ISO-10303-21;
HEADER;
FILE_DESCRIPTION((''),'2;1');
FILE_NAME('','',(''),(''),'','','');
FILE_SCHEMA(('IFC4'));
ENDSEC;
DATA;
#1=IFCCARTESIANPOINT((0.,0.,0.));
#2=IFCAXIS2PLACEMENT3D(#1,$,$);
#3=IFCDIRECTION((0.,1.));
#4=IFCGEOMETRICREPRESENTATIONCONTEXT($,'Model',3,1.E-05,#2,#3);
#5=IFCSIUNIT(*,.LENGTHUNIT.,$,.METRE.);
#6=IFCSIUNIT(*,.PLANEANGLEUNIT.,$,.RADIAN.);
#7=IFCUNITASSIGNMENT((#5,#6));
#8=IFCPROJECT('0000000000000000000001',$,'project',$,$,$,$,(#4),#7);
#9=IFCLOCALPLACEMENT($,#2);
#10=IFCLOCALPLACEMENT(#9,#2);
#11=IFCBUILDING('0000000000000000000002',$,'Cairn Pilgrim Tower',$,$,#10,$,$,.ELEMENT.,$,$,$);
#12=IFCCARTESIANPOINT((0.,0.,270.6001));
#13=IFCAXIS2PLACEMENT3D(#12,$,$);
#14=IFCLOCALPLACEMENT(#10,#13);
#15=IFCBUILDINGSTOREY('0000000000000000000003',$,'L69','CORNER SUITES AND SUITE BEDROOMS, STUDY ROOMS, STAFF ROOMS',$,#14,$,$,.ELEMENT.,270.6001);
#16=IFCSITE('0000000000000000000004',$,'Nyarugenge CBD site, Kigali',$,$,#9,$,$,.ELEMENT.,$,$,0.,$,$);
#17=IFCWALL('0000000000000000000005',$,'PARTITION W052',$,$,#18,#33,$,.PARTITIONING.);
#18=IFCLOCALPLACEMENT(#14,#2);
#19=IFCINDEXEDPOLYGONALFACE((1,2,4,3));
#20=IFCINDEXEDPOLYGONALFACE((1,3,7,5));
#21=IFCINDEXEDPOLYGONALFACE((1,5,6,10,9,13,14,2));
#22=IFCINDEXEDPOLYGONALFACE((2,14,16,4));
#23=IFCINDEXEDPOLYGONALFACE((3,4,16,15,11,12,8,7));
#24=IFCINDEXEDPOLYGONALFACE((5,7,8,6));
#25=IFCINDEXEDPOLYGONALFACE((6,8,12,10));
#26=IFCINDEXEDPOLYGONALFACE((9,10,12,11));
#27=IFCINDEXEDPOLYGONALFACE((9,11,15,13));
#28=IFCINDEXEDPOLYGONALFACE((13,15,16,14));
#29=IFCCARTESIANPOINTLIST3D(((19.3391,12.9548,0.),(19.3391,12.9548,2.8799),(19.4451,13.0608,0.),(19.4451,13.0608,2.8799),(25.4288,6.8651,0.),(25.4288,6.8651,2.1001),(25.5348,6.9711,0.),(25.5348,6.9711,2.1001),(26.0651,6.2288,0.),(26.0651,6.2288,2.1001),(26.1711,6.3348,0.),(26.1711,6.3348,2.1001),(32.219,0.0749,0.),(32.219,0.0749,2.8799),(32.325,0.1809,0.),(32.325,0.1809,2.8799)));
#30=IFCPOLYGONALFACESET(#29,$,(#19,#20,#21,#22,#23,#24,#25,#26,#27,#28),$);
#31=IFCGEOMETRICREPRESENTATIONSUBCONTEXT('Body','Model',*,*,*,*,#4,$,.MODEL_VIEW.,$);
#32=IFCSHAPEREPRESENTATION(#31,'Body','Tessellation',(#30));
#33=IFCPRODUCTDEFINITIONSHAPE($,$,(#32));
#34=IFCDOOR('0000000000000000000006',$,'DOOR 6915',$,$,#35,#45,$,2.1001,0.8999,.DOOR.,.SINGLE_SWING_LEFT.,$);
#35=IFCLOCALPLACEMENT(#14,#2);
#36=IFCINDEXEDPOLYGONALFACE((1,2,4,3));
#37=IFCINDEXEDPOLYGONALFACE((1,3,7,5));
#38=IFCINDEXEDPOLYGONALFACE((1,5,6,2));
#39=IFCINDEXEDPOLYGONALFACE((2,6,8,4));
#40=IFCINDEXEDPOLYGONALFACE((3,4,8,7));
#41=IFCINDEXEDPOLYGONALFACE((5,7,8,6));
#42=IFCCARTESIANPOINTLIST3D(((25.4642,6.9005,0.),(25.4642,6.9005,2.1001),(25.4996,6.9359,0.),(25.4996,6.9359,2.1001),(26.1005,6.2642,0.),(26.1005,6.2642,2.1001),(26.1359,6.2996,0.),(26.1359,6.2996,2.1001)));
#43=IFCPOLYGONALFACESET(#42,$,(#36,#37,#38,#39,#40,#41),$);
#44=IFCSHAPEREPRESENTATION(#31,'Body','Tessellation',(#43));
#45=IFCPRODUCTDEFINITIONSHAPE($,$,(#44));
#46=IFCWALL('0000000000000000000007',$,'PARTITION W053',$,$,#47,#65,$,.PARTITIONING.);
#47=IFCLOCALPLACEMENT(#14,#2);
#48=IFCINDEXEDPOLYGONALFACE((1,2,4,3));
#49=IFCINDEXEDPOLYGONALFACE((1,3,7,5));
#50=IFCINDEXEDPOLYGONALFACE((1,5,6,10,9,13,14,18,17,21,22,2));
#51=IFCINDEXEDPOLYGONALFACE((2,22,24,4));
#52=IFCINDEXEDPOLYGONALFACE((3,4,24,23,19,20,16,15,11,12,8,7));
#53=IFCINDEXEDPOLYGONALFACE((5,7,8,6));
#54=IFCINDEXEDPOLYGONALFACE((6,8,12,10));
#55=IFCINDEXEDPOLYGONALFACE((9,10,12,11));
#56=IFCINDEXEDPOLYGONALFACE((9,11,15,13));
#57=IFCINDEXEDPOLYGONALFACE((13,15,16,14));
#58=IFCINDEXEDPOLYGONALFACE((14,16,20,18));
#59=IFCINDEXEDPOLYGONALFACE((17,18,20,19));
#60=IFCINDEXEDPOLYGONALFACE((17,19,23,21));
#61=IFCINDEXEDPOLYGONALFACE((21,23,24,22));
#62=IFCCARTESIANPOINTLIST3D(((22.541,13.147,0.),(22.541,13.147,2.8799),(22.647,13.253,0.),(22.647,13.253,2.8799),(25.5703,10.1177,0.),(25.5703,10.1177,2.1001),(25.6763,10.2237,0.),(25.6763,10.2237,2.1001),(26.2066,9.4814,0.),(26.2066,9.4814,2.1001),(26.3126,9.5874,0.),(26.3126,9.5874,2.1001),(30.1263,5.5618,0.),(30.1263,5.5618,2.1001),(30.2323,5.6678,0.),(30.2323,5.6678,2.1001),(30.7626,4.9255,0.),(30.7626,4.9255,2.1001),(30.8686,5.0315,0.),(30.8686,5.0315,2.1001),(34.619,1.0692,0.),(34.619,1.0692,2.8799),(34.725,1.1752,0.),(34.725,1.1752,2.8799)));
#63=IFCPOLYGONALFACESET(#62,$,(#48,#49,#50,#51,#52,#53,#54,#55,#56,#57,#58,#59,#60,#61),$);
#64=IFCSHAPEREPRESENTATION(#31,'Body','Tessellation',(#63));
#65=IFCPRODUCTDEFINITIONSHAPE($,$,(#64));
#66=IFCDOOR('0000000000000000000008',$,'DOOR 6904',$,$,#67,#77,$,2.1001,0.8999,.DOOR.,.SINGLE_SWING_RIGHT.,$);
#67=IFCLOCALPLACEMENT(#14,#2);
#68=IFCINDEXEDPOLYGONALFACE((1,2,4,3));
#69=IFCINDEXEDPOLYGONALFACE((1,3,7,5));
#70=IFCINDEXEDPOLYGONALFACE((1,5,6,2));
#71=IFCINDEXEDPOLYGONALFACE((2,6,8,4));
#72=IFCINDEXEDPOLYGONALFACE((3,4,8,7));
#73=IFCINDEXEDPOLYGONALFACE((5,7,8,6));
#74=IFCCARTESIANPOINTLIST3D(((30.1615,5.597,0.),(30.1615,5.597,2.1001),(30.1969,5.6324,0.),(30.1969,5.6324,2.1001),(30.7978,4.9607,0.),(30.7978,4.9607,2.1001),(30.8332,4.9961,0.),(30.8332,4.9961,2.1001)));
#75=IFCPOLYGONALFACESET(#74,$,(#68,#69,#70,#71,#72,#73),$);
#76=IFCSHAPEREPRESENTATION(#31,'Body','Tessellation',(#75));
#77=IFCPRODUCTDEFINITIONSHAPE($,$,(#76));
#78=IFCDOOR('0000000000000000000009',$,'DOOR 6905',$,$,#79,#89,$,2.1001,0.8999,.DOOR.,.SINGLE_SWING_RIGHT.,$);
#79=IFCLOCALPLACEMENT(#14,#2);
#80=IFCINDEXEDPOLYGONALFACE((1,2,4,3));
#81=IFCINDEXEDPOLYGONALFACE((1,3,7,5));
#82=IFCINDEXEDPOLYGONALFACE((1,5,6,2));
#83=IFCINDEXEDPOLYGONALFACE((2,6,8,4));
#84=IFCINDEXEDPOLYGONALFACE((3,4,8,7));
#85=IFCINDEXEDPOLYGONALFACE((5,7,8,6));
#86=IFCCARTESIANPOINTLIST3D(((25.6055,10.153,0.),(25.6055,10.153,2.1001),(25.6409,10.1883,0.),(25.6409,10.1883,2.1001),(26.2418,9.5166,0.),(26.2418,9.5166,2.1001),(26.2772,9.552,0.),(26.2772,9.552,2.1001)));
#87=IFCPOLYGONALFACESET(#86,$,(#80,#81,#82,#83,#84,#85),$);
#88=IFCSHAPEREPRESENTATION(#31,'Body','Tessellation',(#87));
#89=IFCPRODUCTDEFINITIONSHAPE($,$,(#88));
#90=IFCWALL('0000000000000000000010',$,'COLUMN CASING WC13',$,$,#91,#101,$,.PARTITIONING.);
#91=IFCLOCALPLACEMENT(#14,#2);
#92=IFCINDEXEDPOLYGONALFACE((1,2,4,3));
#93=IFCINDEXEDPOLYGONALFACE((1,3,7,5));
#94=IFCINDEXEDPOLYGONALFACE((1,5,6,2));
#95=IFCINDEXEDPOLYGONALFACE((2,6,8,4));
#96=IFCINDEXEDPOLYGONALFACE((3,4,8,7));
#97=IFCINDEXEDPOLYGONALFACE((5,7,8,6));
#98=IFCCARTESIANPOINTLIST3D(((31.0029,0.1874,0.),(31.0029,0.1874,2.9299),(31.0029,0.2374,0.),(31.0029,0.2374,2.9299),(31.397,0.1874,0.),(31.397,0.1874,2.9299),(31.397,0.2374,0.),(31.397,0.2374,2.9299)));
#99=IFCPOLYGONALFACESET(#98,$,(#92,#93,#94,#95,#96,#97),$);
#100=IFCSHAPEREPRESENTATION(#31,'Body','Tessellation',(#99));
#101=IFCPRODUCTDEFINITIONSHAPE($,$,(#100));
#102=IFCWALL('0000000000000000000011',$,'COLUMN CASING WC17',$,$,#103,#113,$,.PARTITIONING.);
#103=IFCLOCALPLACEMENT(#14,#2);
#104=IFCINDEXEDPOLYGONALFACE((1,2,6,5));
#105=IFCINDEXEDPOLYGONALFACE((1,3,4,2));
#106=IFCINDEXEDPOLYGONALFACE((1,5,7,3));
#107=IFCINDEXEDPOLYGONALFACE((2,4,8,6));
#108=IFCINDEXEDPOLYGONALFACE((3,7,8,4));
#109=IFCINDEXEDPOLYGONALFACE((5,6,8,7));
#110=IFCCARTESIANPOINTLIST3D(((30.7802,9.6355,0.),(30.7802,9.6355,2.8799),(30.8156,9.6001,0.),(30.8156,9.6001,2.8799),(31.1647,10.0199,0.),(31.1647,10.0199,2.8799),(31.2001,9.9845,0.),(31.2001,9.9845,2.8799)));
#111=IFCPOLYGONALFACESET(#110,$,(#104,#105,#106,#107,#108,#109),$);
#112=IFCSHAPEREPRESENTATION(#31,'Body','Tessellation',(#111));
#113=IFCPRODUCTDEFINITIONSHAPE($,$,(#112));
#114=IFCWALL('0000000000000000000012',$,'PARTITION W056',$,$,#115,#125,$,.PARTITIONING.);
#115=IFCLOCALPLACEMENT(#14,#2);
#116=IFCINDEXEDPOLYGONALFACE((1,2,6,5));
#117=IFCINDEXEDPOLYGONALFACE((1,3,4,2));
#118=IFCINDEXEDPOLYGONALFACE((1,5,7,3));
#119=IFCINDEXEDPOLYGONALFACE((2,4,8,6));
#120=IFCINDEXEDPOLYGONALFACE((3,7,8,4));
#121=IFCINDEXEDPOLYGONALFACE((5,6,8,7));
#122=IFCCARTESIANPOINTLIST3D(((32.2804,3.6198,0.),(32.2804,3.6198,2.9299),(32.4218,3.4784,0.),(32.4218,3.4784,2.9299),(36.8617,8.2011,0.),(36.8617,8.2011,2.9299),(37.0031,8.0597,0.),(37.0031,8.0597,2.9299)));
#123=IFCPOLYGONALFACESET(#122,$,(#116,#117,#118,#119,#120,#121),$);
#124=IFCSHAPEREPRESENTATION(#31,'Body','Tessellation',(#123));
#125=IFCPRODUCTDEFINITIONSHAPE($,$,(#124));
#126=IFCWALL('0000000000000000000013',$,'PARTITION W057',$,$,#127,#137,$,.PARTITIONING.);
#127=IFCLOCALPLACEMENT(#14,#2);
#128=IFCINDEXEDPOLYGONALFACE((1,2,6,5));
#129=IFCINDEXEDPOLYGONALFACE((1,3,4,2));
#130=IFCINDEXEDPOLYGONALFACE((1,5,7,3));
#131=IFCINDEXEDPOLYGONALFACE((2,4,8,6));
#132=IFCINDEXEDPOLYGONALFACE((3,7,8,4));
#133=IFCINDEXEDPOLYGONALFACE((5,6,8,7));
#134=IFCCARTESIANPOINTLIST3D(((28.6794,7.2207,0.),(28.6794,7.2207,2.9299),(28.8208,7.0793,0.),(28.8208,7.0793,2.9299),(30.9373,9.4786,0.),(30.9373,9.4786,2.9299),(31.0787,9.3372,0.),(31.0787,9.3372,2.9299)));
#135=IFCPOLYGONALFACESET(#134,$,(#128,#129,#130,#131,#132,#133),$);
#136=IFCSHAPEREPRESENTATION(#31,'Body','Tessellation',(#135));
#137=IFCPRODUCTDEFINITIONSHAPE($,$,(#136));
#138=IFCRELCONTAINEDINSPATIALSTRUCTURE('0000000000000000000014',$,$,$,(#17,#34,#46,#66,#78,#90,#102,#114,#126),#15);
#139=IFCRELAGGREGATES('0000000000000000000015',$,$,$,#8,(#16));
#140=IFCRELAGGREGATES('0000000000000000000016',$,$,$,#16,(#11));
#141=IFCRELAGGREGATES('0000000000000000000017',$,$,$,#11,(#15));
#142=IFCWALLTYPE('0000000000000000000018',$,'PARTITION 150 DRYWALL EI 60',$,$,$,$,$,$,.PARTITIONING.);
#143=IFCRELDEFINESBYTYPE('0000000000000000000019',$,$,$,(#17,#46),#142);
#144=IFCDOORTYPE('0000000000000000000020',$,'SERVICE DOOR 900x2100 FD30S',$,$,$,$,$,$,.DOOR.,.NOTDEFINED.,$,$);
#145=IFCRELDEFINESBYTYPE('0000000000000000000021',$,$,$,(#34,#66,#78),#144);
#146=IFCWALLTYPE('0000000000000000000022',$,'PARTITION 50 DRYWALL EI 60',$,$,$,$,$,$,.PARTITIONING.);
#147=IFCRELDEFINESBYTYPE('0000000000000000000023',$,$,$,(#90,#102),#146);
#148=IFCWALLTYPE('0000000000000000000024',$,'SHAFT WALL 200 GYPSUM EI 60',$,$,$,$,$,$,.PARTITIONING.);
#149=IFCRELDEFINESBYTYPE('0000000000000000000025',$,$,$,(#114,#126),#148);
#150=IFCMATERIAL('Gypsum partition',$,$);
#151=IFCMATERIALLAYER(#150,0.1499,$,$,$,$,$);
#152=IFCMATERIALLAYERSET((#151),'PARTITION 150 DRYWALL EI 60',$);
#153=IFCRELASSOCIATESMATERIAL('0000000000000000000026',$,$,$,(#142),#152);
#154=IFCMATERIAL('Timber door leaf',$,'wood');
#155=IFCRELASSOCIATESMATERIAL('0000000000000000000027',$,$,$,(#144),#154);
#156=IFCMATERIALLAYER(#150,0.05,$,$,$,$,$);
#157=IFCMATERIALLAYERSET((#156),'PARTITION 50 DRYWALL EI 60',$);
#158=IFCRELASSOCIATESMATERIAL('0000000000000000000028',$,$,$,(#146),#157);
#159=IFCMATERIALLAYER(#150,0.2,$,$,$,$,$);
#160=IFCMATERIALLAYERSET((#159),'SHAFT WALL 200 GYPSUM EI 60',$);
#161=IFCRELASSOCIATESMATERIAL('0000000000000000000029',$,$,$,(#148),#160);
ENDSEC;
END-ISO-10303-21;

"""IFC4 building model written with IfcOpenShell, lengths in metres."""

from ifc_helpers import new_model, si_unit, direction, frame, frame_2d, origin, place, context, subcontext, project, spatial, rectangle, extrude, material, layer, layer_set, type_object, element, fill, save


model = new_model("IFC4")

# Units and contexts
model_context = context("Model", 3, precision=1e-05, world=origin(), true_north=direction((0.0, 1.0)))
body_context = subcontext(model_context, "Body", "Model", "MODEL_VIEW")
ifc_project = project(units=[si_unit("LENGTHUNIT", "METRE"), si_unit("PLANEANGLEUNIT", "RADIAN")], contexts=[model_context])

# Site, building, storey
site_placement = place(None, origin())
site = spatial("IfcSite", under=ifc_project, at=site_placement, Name="Nyarugenge CBD site, Kigali", CompositionType="ELEMENT", RefElevation=0.0)
building_placement = place(site_placement, origin())
building = spatial("IfcBuilding", under=site, at=building_placement, Name="Cairn Pilgrim Tower", CompositionType="ELEMENT")
storey_placement = place(building_placement, frame((0.0, 0.0, 270.6001)))
storey = spatial("IfcBuildingStorey", under=building, at=storey_placement, Name="L69", Description="CORNER SUITES AND SUITE BEDROOMS, STUDY ROOMS, STAFF ROOMS", CompositionType="ELEMENT", Elevation=270.6001)

# Shared definitions
ifc_material_1 = material(Name="Gypsum partition")
ifc_layer_1 = layer(ifc_material_1, 0.1499)
ifc_layer_set_1 = layer_set([ifc_layer_1], Name="PARTITION 150 DRYWALL EI 60")
wall_type_1 = type_object("IfcWallType", Name="PARTITION 150 DRYWALL EI 60", PredefinedType="PARTITIONING", material=ifc_layer_set_1)

# Wall, opening, door
wall_1_placement = place(storey_placement, frame((32.272, 0.1279, 0.0), z_axis=(0.0, 0.0, 1.0), x_axis=(-0.707107, 0.707107, 0.0)))
wall_1 = element("IfcWall", 1, at=wall_1_placement, inside=storey, type_object=wall_type_1, Name="PARTITION W052", PredefinedType="PARTITIONING", context=body_context, shape_type="SweptSolid", body=[
    extrude(rectangle(XDim=18.2148, YDim=0.1499, at=frame_2d((9.1074, 0.0))), origin(), (0.0, 0.0, 1.0), 2.8799),
])
opening_1_placement = place(wall_1_placement, frame((8.7029, 0.0, 0.0)))
opening_1 = element("IfcOpeningElement", 2, at=opening_1_placement, cuts=wall_1, PredefinedType="OPENING", context=body_context, shape_type="SweptSolid", body=[
    extrude(rectangle(XDim=0.8999, YDim=2.1001, at=frame_2d((0.45, 1.05))), frame((0.0, 0.085, 0.0), z_axis=(0.0, -1.0, 0.0), x_axis=(1.0, 0.0, 0.0)), (0.0, 0.0, 1.0), 0.1699),
])
ifc_material_2 = material(Name="Timber door leaf", Category="wood")
door_type_1 = type_object("IfcDoorType", Name="SERVICE DOOR 900x2100 FD30S", OperationType="NOTDEFINED", PredefinedType="DOOR", material=ifc_material_2)
door_1_placement = place(opening_1_placement, origin())
door_1 = element("IfcDoor", 3, at=door_1_placement, inside=storey, type_object=door_type_1, Name="DOOR 6915", OperationType="SINGLE_SWING_LEFT", OverallHeight=2.1001, OverallWidth=0.8999, PredefinedType="DOOR", context=body_context, shape_type="SweptSolid", body=[
    extrude(rectangle(XDim=0.8999, YDim=2.1001, at=frame_2d((0.45, 1.05))), frame((0.0, 0.0249, 0.0), z_axis=(0.0, -1.0, 0.0), x_axis=(1.0, 0.0, 0.0)), (0.0, 0.0, 1.0), 0.05),
])
fill(opening_1, door_1)

# Wall, openings, doors
wall_2_placement = place(storey_placement, frame((34.6721, 1.1221, 0.0), z_axis=(0.0, 0.0, 1.0), x_axis=(-0.707114, 0.7071, 0.0)))
wall_2 = element("IfcWall", 4, at=wall_2_placement, inside=storey, type_object=wall_type_1, Name="PARTITION W053", PredefinedType="PARTITIONING", context=body_context, shape_type="SweptSolid", body=[
    extrude(rectangle(XDim=17.0808, YDim=0.1499, at=frame_2d((8.5405, 0.0))), origin(), (0.0, 0.0, 1.0), 2.8799),
])
opening_2_placement = place(wall_2_placement, frame((5.4539, 0.0, 0.0)))
opening_2 = element("IfcOpeningElement", 5, at=opening_2_placement, cuts=wall_2, PredefinedType="OPENING", context=body_context, shape_type="SweptSolid", body=[
    extrude(rectangle(XDim=0.8999, YDim=2.1001, at=frame_2d((0.45, 1.05))), frame((0.0, 0.085, 0.0), z_axis=(0.0, -1.0, 0.0), x_axis=(1.0, 0.0, 0.0)), (0.0, 0.0, 1.0), 0.1699),
])
opening_3_placement = place(wall_2_placement, frame((11.897, 0.0, 0.0)))
opening_3 = element("IfcOpeningElement", 6, at=opening_3_placement, cuts=wall_2, PredefinedType="OPENING", context=body_context, shape_type="SweptSolid", body=[
    extrude(rectangle(XDim=0.8999, YDim=2.1001, at=frame_2d((0.45, 1.05))), frame((0.0, 0.085, 0.0), z_axis=(0.0, -1.0, 0.0), x_axis=(1.0, 0.0, 0.0)), (0.0, 0.0, 1.0), 0.1699),
])
door_2_placement = place(opening_2_placement, frame((0.8999, 0.0, 0.0), z_axis=(0.0, 0.0, 1.0), x_axis=(-1.0, 0.0, 0.0)))
door_2 = element("IfcDoor", 7, at=door_2_placement, inside=storey, type_object=door_type_1, Name="DOOR 6904", OperationType="SINGLE_SWING_RIGHT", OverallHeight=2.1001, OverallWidth=0.8999, PredefinedType="DOOR", context=body_context, shape_type="SweptSolid", body=[
    extrude(rectangle(XDim=0.8999, YDim=2.1001, at=frame_2d((0.45, 1.05))), frame((0.0, 0.0249, 0.0), z_axis=(0.0, -1.0, 0.0), x_axis=(1.0, 0.0, 0.0)), (0.0, 0.0, 1.0), 0.05),
])
fill(opening_2, door_2)
door_3_placement = place(opening_3_placement, frame((0.8999, 0.0, 0.0), z_axis=(0.0, 0.0, 1.0), x_axis=(-1.0, 0.0, 0.0)))
door_3 = element("IfcDoor", 8, at=door_3_placement, inside=storey, type_object=door_type_1, Name="DOOR 6905", OperationType="SINGLE_SWING_RIGHT", OverallHeight=2.1001, OverallWidth=0.8999, PredefinedType="DOOR", context=body_context, shape_type="SweptSolid", body=[
    extrude(rectangle(XDim=0.8999, YDim=2.1001, at=frame_2d((0.45, 1.05))), frame((0.0, 0.0249, 0.0), z_axis=(0.0, -1.0, 0.0), x_axis=(1.0, 0.0, 0.0)), (0.0, 0.0, 1.0), 0.05),
])
fill(opening_3, door_3)

# Walls
ifc_layer_2 = layer(ifc_material_1, 0.05)
ifc_layer_set_2 = layer_set([ifc_layer_2], Name="PARTITION 50 DRYWALL EI 60")
wall_type_2 = type_object("IfcWallType", Name="PARTITION 50 DRYWALL EI 60", PredefinedType="PARTITIONING", material=ifc_layer_set_2)
wall_3_placement = place(storey_placement, frame((31.0029, 0.2124, 0.0), z_axis=(0.0, 0.0, 1.0), x_axis=(1.0, 0.0, 0.0)))
element("IfcWall", 9, at=wall_3_placement, inside=storey, type_object=wall_type_2, Name="COLUMN CASING WC13", PredefinedType="PARTITIONING", context=body_context, shape_type="SweptSolid", body=[
    extrude(rectangle(XDim=0.394, YDim=0.05, at=frame_2d((0.197, 0.0))), origin(), (0.0, 0.0, 1.0), 2.9299),
])
wall_4_placement = place(storey_placement, frame((30.7979, 9.6177, 0.0), z_axis=(0.0, 0.0, 1.0), x_axis=(0.707107, 0.707107, 0.0)))
element("IfcWall", 10, at=wall_4_placement, inside=storey, type_object=wall_type_2, Name="COLUMN CASING WC17", PredefinedType="PARTITIONING", context=body_context, shape_type="SweptSolid", body=[
    extrude(rectangle(XDim=0.5437, YDim=0.05, at=frame_2d((0.272, 0.0))), origin(), (0.0, 0.0, 1.0), 2.8799),
])
ifc_layer_3 = layer(ifc_material_1, 0.2)
ifc_layer_set_3 = layer_set([ifc_layer_3], Name="SHAFT WALL 200 GYPSUM EI 60")
wall_type_3 = type_object("IfcWallType", Name="SHAFT WALL 200 GYPSUM EI 60", PredefinedType="PARTITIONING", material=ifc_layer_set_3)
wall_5_placement = place(storey_placement, frame((32.3511, 3.5491, 0.0), z_axis=(0.0, 0.0, 1.0), x_axis=(0.707107, 0.707107, 0.0)))
element("IfcWall", 11, at=wall_5_placement, inside=storey, type_object=wall_type_3, Name="PARTITION W056", PredefinedType="PARTITIONING", context=body_context, shape_type="SweptSolid", body=[
    extrude(rectangle(XDim=6.479, YDim=0.2, at=frame_2d((3.2395, 0.0))), origin(), (0.0, 0.0, 1.0), 2.9299),
])
wall_6_placement = place(storey_placement, frame((28.75, 7.1499, 0.0), z_axis=(0.0, 0.0, 1.0), x_axis=(0.707107, 0.707107, 0.0)))
element("IfcWall", 12, at=wall_6_placement, inside=storey, type_object=wall_type_3, Name="PARTITION W057", PredefinedType="PARTITIONING", context=body_context, shape_type="SweptSolid", body=[
    extrude(rectangle(XDim=3.1931, YDim=0.2, at=frame_2d((1.5967, 0.0))), origin(), (0.0, 0.0, 1.0), 2.9299),
])

save(model, "model.ifc")
